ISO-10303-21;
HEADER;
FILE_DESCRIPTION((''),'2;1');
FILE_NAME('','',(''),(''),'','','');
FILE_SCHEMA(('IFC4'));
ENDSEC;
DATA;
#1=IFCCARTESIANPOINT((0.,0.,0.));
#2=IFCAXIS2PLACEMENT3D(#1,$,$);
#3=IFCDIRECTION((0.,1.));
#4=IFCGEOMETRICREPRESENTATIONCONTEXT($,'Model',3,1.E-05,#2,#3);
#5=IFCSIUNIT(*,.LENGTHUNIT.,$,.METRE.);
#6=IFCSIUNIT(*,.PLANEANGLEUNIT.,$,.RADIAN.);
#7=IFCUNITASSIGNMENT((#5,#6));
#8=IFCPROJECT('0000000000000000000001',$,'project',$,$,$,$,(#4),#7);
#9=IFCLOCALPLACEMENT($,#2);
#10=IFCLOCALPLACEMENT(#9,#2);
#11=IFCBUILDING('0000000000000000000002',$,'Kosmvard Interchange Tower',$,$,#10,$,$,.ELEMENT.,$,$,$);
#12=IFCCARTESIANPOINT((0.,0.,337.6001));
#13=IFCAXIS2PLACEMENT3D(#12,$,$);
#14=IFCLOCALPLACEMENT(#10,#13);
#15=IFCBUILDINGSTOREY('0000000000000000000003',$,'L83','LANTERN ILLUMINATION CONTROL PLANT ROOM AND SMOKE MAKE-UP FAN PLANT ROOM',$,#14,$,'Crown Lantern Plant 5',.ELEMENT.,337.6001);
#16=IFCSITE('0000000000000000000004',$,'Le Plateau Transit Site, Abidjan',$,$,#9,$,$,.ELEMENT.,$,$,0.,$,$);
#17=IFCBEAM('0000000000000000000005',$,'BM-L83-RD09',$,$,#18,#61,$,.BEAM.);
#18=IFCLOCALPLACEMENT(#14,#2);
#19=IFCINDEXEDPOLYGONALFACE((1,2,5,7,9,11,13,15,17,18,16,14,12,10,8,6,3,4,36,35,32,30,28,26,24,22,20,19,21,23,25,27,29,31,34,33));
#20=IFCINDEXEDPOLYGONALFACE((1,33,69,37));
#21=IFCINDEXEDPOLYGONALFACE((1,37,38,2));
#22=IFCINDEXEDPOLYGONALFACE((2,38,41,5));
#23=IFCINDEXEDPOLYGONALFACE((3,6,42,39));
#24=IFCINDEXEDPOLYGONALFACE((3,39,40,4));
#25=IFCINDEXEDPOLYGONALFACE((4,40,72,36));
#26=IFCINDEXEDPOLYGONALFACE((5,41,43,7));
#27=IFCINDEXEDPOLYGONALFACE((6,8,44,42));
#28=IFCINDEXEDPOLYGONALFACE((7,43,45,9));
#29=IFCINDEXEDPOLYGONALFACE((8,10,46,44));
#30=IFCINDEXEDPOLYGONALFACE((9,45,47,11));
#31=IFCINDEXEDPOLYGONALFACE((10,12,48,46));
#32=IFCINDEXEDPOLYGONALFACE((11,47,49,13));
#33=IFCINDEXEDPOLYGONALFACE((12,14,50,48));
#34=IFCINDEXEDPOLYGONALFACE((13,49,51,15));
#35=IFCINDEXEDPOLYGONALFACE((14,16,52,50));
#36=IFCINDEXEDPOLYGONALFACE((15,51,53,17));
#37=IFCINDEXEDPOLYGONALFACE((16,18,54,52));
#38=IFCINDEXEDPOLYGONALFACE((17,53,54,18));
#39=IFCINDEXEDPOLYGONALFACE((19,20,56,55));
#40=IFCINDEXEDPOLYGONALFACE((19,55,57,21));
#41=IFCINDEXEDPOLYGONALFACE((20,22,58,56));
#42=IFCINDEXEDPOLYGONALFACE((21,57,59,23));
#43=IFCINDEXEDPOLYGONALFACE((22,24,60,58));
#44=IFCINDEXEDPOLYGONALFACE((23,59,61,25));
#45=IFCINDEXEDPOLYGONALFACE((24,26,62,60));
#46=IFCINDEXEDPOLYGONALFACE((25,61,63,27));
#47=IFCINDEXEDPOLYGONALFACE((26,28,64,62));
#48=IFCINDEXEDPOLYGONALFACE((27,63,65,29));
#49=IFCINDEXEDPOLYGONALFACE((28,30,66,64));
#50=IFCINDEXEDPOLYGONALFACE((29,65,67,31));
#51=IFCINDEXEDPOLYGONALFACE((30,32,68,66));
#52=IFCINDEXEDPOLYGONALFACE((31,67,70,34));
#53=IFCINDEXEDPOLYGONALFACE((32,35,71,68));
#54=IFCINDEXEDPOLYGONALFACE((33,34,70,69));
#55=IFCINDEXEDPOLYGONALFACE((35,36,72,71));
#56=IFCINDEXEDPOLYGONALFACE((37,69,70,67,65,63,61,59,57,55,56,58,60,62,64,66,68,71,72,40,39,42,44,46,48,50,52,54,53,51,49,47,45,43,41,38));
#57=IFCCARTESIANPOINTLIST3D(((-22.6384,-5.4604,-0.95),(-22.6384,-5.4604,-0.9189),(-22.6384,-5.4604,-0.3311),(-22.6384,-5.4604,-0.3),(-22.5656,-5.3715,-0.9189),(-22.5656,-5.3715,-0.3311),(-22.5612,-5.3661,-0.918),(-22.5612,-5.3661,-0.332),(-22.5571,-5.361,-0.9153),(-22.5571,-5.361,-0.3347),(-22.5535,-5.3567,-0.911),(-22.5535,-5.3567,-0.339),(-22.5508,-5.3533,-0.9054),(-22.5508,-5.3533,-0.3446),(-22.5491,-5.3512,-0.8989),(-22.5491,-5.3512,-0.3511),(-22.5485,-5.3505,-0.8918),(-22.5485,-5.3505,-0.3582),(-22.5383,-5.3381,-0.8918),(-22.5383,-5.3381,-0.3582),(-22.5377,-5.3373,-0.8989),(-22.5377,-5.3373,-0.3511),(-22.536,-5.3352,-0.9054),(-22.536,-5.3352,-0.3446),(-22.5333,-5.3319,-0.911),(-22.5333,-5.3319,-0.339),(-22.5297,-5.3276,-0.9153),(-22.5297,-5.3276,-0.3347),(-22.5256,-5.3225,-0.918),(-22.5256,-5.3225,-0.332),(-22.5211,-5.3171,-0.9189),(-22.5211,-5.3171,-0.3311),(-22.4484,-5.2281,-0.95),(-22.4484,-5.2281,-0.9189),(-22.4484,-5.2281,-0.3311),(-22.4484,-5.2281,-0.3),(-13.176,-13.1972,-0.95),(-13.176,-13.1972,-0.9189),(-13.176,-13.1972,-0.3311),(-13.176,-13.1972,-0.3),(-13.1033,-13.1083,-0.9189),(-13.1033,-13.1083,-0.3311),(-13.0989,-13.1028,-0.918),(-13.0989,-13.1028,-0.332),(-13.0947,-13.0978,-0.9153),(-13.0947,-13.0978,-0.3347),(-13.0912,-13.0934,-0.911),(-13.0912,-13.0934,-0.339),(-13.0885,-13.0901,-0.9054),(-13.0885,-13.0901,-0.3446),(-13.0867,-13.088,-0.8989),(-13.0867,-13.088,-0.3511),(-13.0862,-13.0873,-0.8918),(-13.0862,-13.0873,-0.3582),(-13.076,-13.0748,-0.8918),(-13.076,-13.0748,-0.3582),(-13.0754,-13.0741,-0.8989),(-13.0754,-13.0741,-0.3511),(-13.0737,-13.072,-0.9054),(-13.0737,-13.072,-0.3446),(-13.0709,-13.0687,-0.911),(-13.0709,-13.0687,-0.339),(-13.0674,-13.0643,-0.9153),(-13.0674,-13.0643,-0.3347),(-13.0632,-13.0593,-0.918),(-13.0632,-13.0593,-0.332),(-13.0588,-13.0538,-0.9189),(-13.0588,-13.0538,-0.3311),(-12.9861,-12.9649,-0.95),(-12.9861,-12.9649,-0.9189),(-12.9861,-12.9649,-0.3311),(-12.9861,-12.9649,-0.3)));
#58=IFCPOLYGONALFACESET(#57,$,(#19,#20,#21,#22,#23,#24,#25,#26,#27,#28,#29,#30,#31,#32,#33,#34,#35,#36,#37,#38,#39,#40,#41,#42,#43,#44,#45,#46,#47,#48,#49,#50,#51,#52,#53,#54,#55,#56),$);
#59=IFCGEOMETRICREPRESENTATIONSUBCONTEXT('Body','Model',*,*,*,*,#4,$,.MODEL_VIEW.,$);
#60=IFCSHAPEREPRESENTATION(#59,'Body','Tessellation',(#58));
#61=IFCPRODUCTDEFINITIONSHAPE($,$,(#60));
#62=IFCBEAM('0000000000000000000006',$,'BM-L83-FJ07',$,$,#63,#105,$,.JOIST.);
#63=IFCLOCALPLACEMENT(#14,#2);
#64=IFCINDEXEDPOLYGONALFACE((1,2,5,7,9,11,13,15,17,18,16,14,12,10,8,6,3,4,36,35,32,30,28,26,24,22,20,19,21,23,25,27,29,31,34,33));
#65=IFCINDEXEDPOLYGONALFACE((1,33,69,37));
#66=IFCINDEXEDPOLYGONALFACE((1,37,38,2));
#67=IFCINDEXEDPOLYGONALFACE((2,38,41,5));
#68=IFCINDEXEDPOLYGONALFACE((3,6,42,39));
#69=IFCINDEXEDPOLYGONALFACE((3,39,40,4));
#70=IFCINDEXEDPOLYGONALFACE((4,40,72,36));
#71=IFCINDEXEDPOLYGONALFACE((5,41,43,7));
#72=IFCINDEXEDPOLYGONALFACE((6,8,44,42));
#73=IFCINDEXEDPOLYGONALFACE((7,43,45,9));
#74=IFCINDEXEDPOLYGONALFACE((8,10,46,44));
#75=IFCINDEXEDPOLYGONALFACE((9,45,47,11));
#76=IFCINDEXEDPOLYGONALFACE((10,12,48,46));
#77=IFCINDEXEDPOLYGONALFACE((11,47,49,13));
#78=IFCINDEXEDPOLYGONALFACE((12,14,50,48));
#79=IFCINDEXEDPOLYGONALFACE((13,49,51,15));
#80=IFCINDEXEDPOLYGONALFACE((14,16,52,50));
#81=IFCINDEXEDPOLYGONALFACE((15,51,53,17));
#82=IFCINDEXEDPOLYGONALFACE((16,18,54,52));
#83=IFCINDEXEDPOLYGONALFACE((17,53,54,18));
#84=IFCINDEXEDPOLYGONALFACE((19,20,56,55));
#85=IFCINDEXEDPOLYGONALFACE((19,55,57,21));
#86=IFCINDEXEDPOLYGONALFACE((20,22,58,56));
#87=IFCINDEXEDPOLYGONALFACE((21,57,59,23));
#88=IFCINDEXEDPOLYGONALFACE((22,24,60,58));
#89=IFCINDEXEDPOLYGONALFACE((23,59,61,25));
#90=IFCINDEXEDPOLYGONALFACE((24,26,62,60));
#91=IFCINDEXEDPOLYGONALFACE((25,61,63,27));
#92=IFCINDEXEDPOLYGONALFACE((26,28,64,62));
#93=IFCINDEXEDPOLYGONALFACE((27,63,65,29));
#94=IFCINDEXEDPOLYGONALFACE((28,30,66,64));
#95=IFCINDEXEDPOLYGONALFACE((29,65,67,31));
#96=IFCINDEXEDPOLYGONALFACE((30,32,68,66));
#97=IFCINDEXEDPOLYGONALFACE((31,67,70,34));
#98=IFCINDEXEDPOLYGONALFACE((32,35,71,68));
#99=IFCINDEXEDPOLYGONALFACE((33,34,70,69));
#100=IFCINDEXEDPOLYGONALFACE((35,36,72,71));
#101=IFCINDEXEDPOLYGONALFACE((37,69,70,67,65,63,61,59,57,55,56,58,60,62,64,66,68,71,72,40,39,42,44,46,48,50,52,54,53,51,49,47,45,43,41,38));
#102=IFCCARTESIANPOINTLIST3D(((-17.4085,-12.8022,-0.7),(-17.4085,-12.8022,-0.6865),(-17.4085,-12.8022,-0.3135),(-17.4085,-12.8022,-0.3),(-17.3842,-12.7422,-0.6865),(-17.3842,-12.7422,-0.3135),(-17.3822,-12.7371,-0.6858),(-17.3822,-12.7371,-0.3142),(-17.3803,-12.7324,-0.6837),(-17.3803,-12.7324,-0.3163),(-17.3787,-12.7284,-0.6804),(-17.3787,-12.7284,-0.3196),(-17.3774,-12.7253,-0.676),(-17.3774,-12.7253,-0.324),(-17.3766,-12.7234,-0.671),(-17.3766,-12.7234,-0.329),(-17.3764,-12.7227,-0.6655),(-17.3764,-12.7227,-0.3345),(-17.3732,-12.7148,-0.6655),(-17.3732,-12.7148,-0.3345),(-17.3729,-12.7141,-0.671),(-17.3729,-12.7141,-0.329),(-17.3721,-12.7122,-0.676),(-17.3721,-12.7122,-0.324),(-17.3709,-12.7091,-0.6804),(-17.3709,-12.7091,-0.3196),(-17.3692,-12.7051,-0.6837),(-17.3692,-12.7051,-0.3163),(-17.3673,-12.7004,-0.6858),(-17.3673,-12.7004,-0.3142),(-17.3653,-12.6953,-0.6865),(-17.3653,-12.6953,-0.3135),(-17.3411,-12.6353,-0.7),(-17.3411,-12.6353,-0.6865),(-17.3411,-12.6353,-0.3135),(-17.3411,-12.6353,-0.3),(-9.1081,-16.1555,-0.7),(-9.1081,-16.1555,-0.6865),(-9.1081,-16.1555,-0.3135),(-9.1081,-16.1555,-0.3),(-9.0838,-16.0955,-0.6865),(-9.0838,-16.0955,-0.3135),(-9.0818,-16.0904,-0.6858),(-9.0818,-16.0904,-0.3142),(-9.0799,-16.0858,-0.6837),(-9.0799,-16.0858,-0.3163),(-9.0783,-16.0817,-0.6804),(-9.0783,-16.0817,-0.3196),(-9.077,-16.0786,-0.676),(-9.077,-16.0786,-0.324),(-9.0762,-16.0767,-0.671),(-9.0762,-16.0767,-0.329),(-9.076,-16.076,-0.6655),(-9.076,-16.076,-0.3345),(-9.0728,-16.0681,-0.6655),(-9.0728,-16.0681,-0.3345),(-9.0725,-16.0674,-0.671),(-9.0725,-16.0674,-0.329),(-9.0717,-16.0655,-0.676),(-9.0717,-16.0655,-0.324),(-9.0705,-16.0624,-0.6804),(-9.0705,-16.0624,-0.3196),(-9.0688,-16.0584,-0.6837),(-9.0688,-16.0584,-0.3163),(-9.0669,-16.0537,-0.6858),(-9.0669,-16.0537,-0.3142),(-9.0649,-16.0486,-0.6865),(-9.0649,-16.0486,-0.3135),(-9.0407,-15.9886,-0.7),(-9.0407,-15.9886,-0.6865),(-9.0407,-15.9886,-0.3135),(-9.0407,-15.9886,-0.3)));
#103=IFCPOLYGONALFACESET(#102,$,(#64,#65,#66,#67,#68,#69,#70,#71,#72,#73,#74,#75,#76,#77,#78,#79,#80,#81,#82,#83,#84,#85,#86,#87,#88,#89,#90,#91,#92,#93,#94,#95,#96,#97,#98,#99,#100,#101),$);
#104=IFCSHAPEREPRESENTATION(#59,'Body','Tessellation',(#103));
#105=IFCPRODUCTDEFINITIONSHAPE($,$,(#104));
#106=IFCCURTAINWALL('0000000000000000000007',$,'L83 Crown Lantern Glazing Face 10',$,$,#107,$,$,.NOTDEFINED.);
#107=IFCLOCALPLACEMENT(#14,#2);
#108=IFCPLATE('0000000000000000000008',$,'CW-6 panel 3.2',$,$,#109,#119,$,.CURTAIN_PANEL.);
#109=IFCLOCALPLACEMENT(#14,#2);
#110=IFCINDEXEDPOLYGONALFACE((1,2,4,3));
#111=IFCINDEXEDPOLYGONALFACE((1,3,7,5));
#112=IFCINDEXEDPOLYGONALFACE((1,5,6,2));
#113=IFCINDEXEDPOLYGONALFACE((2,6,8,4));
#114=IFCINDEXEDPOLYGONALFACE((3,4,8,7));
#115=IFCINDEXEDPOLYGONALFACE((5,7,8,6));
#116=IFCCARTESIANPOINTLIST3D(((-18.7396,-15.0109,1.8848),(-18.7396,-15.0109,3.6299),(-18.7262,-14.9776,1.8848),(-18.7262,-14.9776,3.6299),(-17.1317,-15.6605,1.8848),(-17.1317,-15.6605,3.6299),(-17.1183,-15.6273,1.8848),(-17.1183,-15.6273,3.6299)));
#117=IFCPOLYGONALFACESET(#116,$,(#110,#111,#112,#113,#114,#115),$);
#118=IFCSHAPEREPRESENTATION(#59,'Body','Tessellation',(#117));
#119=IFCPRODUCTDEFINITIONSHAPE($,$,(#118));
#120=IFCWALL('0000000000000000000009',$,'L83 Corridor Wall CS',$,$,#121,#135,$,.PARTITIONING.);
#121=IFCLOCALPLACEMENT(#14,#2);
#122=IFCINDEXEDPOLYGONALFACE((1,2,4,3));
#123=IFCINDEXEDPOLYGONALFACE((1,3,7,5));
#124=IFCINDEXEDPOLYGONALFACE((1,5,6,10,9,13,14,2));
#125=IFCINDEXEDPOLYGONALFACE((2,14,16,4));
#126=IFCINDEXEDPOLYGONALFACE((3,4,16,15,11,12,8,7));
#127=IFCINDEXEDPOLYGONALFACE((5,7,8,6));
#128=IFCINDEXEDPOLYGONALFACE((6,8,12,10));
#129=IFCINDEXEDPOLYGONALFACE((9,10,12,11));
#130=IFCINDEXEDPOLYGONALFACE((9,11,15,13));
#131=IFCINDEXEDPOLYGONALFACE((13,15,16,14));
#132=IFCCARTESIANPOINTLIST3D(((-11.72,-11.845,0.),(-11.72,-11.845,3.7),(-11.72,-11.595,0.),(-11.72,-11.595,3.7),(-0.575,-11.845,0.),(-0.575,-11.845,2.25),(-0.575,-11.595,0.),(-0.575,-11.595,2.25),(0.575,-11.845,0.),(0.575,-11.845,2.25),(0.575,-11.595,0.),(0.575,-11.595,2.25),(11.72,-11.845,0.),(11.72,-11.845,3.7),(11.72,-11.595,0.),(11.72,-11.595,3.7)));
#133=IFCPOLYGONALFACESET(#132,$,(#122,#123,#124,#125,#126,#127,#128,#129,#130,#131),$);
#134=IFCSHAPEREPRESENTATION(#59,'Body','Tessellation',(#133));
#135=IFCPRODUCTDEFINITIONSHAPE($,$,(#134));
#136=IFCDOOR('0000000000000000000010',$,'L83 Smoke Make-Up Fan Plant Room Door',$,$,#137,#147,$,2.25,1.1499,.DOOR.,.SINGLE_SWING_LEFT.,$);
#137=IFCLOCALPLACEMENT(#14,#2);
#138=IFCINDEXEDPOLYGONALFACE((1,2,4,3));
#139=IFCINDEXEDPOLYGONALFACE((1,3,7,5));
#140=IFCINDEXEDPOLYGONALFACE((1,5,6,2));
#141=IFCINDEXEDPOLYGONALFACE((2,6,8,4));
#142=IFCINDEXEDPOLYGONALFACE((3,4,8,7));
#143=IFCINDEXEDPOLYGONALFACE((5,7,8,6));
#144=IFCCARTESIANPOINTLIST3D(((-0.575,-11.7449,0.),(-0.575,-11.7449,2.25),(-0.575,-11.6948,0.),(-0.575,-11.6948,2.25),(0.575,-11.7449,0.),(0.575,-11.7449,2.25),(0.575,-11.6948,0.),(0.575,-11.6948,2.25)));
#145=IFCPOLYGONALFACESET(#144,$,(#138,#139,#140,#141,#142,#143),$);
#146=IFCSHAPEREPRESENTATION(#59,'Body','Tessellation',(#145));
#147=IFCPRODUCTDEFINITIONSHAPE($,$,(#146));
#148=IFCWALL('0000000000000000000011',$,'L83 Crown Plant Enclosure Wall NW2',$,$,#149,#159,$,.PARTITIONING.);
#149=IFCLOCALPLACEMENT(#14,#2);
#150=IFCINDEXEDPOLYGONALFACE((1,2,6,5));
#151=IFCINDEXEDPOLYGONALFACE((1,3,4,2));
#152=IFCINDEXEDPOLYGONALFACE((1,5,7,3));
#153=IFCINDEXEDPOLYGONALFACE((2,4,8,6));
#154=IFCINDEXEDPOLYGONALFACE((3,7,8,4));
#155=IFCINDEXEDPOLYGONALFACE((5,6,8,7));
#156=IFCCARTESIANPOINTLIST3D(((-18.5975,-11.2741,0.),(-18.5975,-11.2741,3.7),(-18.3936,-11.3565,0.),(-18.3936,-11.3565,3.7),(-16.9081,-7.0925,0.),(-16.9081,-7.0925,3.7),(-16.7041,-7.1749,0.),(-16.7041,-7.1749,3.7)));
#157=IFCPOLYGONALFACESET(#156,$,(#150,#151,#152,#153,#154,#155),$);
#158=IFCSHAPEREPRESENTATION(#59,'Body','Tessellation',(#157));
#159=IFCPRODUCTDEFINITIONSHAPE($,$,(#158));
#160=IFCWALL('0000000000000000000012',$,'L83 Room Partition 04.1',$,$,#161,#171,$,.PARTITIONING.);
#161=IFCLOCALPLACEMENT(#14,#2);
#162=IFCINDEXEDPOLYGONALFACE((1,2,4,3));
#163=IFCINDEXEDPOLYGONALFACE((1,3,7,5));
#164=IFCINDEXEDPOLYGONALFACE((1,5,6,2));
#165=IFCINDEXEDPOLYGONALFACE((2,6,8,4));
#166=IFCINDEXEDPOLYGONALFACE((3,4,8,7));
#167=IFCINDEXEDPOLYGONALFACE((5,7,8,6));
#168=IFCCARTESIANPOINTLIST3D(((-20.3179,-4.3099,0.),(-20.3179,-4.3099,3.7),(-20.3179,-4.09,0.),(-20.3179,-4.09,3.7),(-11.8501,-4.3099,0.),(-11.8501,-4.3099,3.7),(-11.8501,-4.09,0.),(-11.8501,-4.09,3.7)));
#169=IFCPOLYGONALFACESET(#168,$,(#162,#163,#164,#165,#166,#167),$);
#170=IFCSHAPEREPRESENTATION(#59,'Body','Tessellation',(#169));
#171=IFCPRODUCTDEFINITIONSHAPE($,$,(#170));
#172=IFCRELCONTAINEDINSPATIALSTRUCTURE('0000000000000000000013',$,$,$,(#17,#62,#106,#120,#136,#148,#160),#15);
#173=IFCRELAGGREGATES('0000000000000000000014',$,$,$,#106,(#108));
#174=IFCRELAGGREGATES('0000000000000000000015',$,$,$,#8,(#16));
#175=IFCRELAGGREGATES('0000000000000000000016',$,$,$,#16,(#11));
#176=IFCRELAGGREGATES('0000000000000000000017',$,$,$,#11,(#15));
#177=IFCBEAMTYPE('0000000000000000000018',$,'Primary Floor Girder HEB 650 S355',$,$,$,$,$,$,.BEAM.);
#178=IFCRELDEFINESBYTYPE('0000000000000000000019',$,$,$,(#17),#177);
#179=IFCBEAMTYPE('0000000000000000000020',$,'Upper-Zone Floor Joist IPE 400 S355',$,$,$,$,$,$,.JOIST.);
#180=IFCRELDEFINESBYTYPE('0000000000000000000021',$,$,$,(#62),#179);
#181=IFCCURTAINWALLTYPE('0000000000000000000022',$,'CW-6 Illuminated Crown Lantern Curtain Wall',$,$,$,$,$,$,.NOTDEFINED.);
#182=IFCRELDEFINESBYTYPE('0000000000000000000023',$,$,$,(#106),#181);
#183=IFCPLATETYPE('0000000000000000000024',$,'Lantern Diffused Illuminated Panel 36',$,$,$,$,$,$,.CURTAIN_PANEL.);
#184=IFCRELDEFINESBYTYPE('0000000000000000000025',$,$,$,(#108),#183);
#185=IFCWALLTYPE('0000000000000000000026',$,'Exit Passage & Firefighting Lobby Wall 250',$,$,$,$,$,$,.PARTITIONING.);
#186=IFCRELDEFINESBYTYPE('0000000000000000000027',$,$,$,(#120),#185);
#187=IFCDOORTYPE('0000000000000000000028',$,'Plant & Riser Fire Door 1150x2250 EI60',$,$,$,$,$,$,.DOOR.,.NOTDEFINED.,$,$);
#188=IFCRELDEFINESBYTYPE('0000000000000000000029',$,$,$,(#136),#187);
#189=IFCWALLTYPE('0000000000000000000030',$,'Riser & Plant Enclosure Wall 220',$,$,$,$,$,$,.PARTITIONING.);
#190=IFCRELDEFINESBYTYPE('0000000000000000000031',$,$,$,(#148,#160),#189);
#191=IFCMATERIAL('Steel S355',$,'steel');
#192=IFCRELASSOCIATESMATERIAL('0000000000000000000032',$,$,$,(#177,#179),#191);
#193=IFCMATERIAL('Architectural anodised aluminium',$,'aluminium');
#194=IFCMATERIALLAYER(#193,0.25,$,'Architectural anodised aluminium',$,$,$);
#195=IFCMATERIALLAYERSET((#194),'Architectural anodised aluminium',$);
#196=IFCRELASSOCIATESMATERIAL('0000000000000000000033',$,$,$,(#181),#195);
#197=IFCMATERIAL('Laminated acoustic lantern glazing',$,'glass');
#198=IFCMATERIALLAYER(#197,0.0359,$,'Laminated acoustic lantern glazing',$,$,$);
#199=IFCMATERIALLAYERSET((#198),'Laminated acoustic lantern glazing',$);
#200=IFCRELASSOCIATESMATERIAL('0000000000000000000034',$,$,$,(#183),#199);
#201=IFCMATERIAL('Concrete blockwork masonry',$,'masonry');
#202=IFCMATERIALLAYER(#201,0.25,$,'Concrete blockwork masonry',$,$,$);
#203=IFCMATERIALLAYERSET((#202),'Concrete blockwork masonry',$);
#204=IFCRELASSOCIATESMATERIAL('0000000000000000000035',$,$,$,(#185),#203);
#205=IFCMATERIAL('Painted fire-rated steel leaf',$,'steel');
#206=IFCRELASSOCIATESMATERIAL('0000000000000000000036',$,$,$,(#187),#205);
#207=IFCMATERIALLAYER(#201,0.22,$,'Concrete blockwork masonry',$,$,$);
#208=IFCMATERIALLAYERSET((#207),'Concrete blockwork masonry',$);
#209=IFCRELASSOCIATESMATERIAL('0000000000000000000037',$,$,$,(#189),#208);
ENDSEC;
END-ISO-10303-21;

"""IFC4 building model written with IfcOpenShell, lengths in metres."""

from ifc_helpers import new_model, si_unit, direction, frame, frame_2d, origin, origin_2d, place, context, subcontext, project, spatial, rectangle, i_section, extrude, source, transform, mapped, material, layer, layer_set, material_profile, profile_set, type_object, element, fill, aggregate, save


model = new_model("IFC4")

# Units and contexts
model_context = context("Model", 3, precision=1e-05, world=origin(), true_north=direction((0.0, 1.0)))
body_context = subcontext(model_context, "Body", "Model", "MODEL_VIEW")
ifc_project = project(units=[si_unit("LENGTHUNIT", "METRE"), si_unit("PLANEANGLEUNIT", "RADIAN")], contexts=[model_context])

# Site, building, storey
site_placement = place(None, origin())
site = spatial("IfcSite", under=ifc_project, at=site_placement, Name="Le Plateau Transit Site, Abidjan", CompositionType="ELEMENT", RefElevation=0.0)
building_placement = place(site_placement, origin())
building = spatial("IfcBuilding", under=site, at=building_placement, Name="Kosmvard Interchange Tower", CompositionType="ELEMENT")
storey_placement = place(building_placement, frame((0.0, 0.0, 337.6001)))
storey = spatial("IfcBuildingStorey", under=building, at=storey_placement, Name="L83", Description="LANTERN ILLUMINATION CONTROL PLANT ROOM AND SMOKE MAKE-UP FAN PLANT ROOM", LongName="Crown Lantern Plant 5", CompositionType="ELEMENT", Elevation=337.6001)

# Beams
ifc_material_1 = material(Name="Steel S355", Category="steel")
ifc_material_profile_1 = material_profile(ifc_material_1, i_section(OverallWidth=0.3, OverallDepth=0.6499, WebThickness=0.0161, FlangeThickness=0.031, FilletRadius=0.0271, at=origin_2d()), Name="HEB 650")
ifc_profile_set_1 = profile_set([ifc_material_profile_1], Name="Steel S355")
beam_type_1 = type_object("IfcBeamType", Name="Primary Floor Girder HEB 650 S355", PredefinedType="BEAM", material=ifc_profile_set_1)
shared_shape_1 = source(origin(), body_context, "Body", "SweptSolid", [
    extrude(i_section(OverallWidth=0.3, OverallDepth=0.6499, WebThickness=0.0161, FlangeThickness=0.031, FilletRadius=0.0271, at=origin_2d()), origin(), (0.0, 0.0, 1.0), 12.2227),
])
beam_1_placement = place(storey_placement, frame((-13.0811, -13.0811, -0.625), z_axis=(-0.774164, 0.632985, 0.0), x_axis=(-0.632985, -0.774164, 0.0)))
element("IfcBeam", 1, at=beam_1_placement, inside=storey, type_object=beam_type_1, Name="BM-L83-RD09", PredefinedType="BEAM", context=body_context, shape_type="MappedRepresentation", body=[
    mapped(shared_shape_1, transform((0.0, 0.0, 0.0), scale=1.0)),
])
ifc_material_profile_2 = material_profile(ifc_material_1, i_section(OverallWidth=0.1799, OverallDepth=0.3999, WebThickness=0.0085, FlangeThickness=0.0134, FilletRadius=0.021, at=origin_2d()), Name="IPE 400")
ifc_profile_set_2 = profile_set([ifc_material_profile_2], Name="Steel S355")
beam_type_2 = type_object("IfcBeamType", Name="Upper-Zone Floor Joist IPE 400 S355", PredefinedType="JOIST", material=ifc_profile_set_2)
shared_shape_2 = source(origin(), body_context, "Body", "SweptSolid", [
    extrude(i_section(OverallWidth=0.1799, OverallDepth=0.3999, WebThickness=0.0085, FlangeThickness=0.0134, FilletRadius=0.021, at=origin_2d()), origin(), (0.0, 0.0, 1.0), 8.9521),
])
beam_2_placement = place(storey_placement, frame((-17.3748, -12.7188, -0.5), z_axis=(0.927194, -0.374581, 0.0), x_axis=(0.374581, 0.927194, 0.0)))
element("IfcBeam", 2, at=beam_2_placement, inside=storey, type_object=beam_type_2, Name="BM-L83-FJ07", PredefinedType="JOIST", context=body_context, shape_type="MappedRepresentation", body=[
    mapped(shared_shape_2, transform((0.0, 0.0, 0.0), scale=1.0)),
])

# Curtain wall, plate
ifc_material_2 = material(Name="Architectural anodised aluminium", Category="aluminium")
ifc_layer_1 = layer(ifc_material_2, 0.25, Name="Architectural anodised aluminium")
ifc_layer_set_1 = layer_set([ifc_layer_1], Name="Architectural anodised aluminium")
curtain_wall_type = type_object("IfcCurtainWallType", Name="CW-6 Illuminated Crown Lantern Curtain Wall", PredefinedType="NOTDEFINED", material=ifc_layer_set_1)
curtain_wall_placement = place(storey_placement, origin())
curtain_wall = element("IfcCurtainWall", 3, at=curtain_wall_placement, inside=storey, type_object=curtain_wall_type, Name="L83 Crown Lantern Glazing Face 10", PredefinedType="NOTDEFINED")
ifc_material_3 = material(Name="Laminated acoustic lantern glazing", Category="glass")
ifc_layer_2 = layer(ifc_material_3, 0.0359, Name="Laminated acoustic lantern glazing")
ifc_layer_set_2 = layer_set([ifc_layer_2], Name="Laminated acoustic lantern glazing")
plate_type = type_object("IfcPlateType", Name="Lantern Diffused Illuminated Panel 36", PredefinedType="CURTAIN_PANEL", material=ifc_layer_set_2)
shared_shape_3 = source(origin(), body_context, "Body", "SweptSolid", [
    extrude(rectangle(XDim=1.7341, YDim=0.0359, at=origin_2d()), origin(), (0.0, 0.0, 1.0), 1.7451),
])
plate_placement = place(storey_placement, frame((-17.929, -15.3191, 1.8848), z_axis=(0.0, 0.0, 1.0), x_axis=(0.927184, -0.374607, 0.0)))
plate = element("IfcPlate", 4, at=plate_placement, type_object=plate_type, Name="CW-6 panel 3.2", PredefinedType="CURTAIN_PANEL", context=body_context, shape_type="MappedRepresentation", body=[
    mapped(shared_shape_3, transform((0.0, 0.0, 0.0), scale=1.0)),
])
aggregate(curtain_wall, [plate])

# Wall, opening, door
ifc_material_4 = material(Name="Concrete blockwork masonry", Category="masonry")
ifc_layer_3 = layer(ifc_material_4, 0.25, Name="Concrete blockwork masonry")
ifc_layer_set_3 = layer_set([ifc_layer_3], Name="Concrete blockwork masonry")
wall_type_1 = type_object("IfcWallType", Name="Exit Passage & Firefighting Lobby Wall 250", PredefinedType="PARTITIONING", material=ifc_layer_set_3)
wall_1_placement = place(storey_placement, frame((-11.72, -11.72, 0.0), z_axis=(0.0, 0.0, 1.0), x_axis=(1.0, 0.0, 0.0)))
wall_1 = element("IfcWall", 5, at=wall_1_placement, inside=storey, type_object=wall_type_1, Name="L83 Corridor Wall CS", PredefinedType="PARTITIONING", context=body_context, shape_type="SweptSolid", body=[
    extrude(rectangle(XDim=23.4399, YDim=0.25, at=frame_2d((11.72, 0.0))), origin(), (0.0, 0.0, 1.0), 3.7),
])
opening_placement = place(wall_1_placement, frame((11.145, 0.0, 0.0)))
opening = element("IfcOpeningElement", 6, at=opening_placement, cuts=wall_1, PredefinedType="OPENING", context=body_context, shape_type="SweptSolid", body=[
    extrude(rectangle(XDim=1.1499, YDim=2.25, at=frame_2d((0.575, 1.125))), frame((0.0, 0.135, 0.0), z_axis=(0.0, -1.0, 0.0), x_axis=(1.0, 0.0, 0.0)), (0.0, 0.0, 1.0), 0.27),
])
ifc_material_5 = material(Name="Painted fire-rated steel leaf", Category="steel")
door_type = type_object("IfcDoorType", Name="Plant & Riser Fire Door 1150x2250 EI60", OperationType="NOTDEFINED", PredefinedType="DOOR", material=ifc_material_5)
shared_shape_4 = source(origin(), body_context, "Body", "SweptSolid", [
    extrude(rectangle(XDim=1.1499, YDim=2.25, at=frame_2d((0.575, 1.125))), frame((0.0, 0.0249, 0.0), z_axis=(0.0, -1.0, 0.0), x_axis=(1.0, 0.0, 0.0)), (0.0, 0.0, 1.0), 0.05),
])
door_placement = place(opening_placement, frame((1.1499, 0.0, 0.0), z_axis=(0.0, 0.0, 1.0), x_axis=(-1.0, 0.0, 0.0)))
door = element("IfcDoor", 7, at=door_placement, inside=storey, type_object=door_type, Name="L83 Smoke Make-Up Fan Plant Room Door", OperationType="SINGLE_SWING_LEFT", OverallHeight=2.25, OverallWidth=1.1499, PredefinedType="DOOR", context=body_context, shape_type="MappedRepresentation", body=[
    mapped(shared_shape_4, transform((0.0, 0.0, 0.0), scale=1.0)),
])
fill(opening, door)

# Walls
ifc_layer_4 = layer(ifc_material_4, 0.22, Name="Concrete blockwork masonry")
ifc_layer_set_4 = layer_set([ifc_layer_4], Name="Concrete blockwork masonry")
wall_type_2 = type_object("IfcWallType", Name="Riser & Plant Enclosure Wall 220", PredefinedType="PARTITIONING", material=ifc_layer_set_4)
wall_2_placement = place(storey_placement, frame((-16.8062, -7.1338, 0.0), z_axis=(0.0, 0.0, 1.0), x_axis=(-0.374599, -0.927187, 0.0)))
element("IfcWall", 8, at=wall_2_placement, inside=storey, type_object=wall_type_2, Name="L83 Crown Plant Enclosure Wall NW2", PredefinedType="PARTITIONING", context=body_context, shape_type="SweptSolid", body=[
    extrude(rectangle(XDim=4.51, YDim=0.22, at=frame_2d((2.2549, 0.0))), origin(), (0.0, 0.0, 1.0), 3.7),
])
wall_3_placement = place(storey_placement, frame((-11.8501, -4.2, 0.0), z_axis=(0.0, 0.0, 1.0), x_axis=(-1.0, 0.0, 0.0)))
element("IfcWall", 9, at=wall_3_placement, inside=storey, type_object=wall_type_2, Name="L83 Room Partition 04.1", PredefinedType="PARTITIONING", context=body_context, shape_type="SweptSolid", body=[
    extrude(rectangle(XDim=8.4678, YDim=0.22, at=frame_2d((4.2339, 0.0))), origin(), (0.0, 0.0, 1.0), 3.7),
])

save(model, "model.ifc")
